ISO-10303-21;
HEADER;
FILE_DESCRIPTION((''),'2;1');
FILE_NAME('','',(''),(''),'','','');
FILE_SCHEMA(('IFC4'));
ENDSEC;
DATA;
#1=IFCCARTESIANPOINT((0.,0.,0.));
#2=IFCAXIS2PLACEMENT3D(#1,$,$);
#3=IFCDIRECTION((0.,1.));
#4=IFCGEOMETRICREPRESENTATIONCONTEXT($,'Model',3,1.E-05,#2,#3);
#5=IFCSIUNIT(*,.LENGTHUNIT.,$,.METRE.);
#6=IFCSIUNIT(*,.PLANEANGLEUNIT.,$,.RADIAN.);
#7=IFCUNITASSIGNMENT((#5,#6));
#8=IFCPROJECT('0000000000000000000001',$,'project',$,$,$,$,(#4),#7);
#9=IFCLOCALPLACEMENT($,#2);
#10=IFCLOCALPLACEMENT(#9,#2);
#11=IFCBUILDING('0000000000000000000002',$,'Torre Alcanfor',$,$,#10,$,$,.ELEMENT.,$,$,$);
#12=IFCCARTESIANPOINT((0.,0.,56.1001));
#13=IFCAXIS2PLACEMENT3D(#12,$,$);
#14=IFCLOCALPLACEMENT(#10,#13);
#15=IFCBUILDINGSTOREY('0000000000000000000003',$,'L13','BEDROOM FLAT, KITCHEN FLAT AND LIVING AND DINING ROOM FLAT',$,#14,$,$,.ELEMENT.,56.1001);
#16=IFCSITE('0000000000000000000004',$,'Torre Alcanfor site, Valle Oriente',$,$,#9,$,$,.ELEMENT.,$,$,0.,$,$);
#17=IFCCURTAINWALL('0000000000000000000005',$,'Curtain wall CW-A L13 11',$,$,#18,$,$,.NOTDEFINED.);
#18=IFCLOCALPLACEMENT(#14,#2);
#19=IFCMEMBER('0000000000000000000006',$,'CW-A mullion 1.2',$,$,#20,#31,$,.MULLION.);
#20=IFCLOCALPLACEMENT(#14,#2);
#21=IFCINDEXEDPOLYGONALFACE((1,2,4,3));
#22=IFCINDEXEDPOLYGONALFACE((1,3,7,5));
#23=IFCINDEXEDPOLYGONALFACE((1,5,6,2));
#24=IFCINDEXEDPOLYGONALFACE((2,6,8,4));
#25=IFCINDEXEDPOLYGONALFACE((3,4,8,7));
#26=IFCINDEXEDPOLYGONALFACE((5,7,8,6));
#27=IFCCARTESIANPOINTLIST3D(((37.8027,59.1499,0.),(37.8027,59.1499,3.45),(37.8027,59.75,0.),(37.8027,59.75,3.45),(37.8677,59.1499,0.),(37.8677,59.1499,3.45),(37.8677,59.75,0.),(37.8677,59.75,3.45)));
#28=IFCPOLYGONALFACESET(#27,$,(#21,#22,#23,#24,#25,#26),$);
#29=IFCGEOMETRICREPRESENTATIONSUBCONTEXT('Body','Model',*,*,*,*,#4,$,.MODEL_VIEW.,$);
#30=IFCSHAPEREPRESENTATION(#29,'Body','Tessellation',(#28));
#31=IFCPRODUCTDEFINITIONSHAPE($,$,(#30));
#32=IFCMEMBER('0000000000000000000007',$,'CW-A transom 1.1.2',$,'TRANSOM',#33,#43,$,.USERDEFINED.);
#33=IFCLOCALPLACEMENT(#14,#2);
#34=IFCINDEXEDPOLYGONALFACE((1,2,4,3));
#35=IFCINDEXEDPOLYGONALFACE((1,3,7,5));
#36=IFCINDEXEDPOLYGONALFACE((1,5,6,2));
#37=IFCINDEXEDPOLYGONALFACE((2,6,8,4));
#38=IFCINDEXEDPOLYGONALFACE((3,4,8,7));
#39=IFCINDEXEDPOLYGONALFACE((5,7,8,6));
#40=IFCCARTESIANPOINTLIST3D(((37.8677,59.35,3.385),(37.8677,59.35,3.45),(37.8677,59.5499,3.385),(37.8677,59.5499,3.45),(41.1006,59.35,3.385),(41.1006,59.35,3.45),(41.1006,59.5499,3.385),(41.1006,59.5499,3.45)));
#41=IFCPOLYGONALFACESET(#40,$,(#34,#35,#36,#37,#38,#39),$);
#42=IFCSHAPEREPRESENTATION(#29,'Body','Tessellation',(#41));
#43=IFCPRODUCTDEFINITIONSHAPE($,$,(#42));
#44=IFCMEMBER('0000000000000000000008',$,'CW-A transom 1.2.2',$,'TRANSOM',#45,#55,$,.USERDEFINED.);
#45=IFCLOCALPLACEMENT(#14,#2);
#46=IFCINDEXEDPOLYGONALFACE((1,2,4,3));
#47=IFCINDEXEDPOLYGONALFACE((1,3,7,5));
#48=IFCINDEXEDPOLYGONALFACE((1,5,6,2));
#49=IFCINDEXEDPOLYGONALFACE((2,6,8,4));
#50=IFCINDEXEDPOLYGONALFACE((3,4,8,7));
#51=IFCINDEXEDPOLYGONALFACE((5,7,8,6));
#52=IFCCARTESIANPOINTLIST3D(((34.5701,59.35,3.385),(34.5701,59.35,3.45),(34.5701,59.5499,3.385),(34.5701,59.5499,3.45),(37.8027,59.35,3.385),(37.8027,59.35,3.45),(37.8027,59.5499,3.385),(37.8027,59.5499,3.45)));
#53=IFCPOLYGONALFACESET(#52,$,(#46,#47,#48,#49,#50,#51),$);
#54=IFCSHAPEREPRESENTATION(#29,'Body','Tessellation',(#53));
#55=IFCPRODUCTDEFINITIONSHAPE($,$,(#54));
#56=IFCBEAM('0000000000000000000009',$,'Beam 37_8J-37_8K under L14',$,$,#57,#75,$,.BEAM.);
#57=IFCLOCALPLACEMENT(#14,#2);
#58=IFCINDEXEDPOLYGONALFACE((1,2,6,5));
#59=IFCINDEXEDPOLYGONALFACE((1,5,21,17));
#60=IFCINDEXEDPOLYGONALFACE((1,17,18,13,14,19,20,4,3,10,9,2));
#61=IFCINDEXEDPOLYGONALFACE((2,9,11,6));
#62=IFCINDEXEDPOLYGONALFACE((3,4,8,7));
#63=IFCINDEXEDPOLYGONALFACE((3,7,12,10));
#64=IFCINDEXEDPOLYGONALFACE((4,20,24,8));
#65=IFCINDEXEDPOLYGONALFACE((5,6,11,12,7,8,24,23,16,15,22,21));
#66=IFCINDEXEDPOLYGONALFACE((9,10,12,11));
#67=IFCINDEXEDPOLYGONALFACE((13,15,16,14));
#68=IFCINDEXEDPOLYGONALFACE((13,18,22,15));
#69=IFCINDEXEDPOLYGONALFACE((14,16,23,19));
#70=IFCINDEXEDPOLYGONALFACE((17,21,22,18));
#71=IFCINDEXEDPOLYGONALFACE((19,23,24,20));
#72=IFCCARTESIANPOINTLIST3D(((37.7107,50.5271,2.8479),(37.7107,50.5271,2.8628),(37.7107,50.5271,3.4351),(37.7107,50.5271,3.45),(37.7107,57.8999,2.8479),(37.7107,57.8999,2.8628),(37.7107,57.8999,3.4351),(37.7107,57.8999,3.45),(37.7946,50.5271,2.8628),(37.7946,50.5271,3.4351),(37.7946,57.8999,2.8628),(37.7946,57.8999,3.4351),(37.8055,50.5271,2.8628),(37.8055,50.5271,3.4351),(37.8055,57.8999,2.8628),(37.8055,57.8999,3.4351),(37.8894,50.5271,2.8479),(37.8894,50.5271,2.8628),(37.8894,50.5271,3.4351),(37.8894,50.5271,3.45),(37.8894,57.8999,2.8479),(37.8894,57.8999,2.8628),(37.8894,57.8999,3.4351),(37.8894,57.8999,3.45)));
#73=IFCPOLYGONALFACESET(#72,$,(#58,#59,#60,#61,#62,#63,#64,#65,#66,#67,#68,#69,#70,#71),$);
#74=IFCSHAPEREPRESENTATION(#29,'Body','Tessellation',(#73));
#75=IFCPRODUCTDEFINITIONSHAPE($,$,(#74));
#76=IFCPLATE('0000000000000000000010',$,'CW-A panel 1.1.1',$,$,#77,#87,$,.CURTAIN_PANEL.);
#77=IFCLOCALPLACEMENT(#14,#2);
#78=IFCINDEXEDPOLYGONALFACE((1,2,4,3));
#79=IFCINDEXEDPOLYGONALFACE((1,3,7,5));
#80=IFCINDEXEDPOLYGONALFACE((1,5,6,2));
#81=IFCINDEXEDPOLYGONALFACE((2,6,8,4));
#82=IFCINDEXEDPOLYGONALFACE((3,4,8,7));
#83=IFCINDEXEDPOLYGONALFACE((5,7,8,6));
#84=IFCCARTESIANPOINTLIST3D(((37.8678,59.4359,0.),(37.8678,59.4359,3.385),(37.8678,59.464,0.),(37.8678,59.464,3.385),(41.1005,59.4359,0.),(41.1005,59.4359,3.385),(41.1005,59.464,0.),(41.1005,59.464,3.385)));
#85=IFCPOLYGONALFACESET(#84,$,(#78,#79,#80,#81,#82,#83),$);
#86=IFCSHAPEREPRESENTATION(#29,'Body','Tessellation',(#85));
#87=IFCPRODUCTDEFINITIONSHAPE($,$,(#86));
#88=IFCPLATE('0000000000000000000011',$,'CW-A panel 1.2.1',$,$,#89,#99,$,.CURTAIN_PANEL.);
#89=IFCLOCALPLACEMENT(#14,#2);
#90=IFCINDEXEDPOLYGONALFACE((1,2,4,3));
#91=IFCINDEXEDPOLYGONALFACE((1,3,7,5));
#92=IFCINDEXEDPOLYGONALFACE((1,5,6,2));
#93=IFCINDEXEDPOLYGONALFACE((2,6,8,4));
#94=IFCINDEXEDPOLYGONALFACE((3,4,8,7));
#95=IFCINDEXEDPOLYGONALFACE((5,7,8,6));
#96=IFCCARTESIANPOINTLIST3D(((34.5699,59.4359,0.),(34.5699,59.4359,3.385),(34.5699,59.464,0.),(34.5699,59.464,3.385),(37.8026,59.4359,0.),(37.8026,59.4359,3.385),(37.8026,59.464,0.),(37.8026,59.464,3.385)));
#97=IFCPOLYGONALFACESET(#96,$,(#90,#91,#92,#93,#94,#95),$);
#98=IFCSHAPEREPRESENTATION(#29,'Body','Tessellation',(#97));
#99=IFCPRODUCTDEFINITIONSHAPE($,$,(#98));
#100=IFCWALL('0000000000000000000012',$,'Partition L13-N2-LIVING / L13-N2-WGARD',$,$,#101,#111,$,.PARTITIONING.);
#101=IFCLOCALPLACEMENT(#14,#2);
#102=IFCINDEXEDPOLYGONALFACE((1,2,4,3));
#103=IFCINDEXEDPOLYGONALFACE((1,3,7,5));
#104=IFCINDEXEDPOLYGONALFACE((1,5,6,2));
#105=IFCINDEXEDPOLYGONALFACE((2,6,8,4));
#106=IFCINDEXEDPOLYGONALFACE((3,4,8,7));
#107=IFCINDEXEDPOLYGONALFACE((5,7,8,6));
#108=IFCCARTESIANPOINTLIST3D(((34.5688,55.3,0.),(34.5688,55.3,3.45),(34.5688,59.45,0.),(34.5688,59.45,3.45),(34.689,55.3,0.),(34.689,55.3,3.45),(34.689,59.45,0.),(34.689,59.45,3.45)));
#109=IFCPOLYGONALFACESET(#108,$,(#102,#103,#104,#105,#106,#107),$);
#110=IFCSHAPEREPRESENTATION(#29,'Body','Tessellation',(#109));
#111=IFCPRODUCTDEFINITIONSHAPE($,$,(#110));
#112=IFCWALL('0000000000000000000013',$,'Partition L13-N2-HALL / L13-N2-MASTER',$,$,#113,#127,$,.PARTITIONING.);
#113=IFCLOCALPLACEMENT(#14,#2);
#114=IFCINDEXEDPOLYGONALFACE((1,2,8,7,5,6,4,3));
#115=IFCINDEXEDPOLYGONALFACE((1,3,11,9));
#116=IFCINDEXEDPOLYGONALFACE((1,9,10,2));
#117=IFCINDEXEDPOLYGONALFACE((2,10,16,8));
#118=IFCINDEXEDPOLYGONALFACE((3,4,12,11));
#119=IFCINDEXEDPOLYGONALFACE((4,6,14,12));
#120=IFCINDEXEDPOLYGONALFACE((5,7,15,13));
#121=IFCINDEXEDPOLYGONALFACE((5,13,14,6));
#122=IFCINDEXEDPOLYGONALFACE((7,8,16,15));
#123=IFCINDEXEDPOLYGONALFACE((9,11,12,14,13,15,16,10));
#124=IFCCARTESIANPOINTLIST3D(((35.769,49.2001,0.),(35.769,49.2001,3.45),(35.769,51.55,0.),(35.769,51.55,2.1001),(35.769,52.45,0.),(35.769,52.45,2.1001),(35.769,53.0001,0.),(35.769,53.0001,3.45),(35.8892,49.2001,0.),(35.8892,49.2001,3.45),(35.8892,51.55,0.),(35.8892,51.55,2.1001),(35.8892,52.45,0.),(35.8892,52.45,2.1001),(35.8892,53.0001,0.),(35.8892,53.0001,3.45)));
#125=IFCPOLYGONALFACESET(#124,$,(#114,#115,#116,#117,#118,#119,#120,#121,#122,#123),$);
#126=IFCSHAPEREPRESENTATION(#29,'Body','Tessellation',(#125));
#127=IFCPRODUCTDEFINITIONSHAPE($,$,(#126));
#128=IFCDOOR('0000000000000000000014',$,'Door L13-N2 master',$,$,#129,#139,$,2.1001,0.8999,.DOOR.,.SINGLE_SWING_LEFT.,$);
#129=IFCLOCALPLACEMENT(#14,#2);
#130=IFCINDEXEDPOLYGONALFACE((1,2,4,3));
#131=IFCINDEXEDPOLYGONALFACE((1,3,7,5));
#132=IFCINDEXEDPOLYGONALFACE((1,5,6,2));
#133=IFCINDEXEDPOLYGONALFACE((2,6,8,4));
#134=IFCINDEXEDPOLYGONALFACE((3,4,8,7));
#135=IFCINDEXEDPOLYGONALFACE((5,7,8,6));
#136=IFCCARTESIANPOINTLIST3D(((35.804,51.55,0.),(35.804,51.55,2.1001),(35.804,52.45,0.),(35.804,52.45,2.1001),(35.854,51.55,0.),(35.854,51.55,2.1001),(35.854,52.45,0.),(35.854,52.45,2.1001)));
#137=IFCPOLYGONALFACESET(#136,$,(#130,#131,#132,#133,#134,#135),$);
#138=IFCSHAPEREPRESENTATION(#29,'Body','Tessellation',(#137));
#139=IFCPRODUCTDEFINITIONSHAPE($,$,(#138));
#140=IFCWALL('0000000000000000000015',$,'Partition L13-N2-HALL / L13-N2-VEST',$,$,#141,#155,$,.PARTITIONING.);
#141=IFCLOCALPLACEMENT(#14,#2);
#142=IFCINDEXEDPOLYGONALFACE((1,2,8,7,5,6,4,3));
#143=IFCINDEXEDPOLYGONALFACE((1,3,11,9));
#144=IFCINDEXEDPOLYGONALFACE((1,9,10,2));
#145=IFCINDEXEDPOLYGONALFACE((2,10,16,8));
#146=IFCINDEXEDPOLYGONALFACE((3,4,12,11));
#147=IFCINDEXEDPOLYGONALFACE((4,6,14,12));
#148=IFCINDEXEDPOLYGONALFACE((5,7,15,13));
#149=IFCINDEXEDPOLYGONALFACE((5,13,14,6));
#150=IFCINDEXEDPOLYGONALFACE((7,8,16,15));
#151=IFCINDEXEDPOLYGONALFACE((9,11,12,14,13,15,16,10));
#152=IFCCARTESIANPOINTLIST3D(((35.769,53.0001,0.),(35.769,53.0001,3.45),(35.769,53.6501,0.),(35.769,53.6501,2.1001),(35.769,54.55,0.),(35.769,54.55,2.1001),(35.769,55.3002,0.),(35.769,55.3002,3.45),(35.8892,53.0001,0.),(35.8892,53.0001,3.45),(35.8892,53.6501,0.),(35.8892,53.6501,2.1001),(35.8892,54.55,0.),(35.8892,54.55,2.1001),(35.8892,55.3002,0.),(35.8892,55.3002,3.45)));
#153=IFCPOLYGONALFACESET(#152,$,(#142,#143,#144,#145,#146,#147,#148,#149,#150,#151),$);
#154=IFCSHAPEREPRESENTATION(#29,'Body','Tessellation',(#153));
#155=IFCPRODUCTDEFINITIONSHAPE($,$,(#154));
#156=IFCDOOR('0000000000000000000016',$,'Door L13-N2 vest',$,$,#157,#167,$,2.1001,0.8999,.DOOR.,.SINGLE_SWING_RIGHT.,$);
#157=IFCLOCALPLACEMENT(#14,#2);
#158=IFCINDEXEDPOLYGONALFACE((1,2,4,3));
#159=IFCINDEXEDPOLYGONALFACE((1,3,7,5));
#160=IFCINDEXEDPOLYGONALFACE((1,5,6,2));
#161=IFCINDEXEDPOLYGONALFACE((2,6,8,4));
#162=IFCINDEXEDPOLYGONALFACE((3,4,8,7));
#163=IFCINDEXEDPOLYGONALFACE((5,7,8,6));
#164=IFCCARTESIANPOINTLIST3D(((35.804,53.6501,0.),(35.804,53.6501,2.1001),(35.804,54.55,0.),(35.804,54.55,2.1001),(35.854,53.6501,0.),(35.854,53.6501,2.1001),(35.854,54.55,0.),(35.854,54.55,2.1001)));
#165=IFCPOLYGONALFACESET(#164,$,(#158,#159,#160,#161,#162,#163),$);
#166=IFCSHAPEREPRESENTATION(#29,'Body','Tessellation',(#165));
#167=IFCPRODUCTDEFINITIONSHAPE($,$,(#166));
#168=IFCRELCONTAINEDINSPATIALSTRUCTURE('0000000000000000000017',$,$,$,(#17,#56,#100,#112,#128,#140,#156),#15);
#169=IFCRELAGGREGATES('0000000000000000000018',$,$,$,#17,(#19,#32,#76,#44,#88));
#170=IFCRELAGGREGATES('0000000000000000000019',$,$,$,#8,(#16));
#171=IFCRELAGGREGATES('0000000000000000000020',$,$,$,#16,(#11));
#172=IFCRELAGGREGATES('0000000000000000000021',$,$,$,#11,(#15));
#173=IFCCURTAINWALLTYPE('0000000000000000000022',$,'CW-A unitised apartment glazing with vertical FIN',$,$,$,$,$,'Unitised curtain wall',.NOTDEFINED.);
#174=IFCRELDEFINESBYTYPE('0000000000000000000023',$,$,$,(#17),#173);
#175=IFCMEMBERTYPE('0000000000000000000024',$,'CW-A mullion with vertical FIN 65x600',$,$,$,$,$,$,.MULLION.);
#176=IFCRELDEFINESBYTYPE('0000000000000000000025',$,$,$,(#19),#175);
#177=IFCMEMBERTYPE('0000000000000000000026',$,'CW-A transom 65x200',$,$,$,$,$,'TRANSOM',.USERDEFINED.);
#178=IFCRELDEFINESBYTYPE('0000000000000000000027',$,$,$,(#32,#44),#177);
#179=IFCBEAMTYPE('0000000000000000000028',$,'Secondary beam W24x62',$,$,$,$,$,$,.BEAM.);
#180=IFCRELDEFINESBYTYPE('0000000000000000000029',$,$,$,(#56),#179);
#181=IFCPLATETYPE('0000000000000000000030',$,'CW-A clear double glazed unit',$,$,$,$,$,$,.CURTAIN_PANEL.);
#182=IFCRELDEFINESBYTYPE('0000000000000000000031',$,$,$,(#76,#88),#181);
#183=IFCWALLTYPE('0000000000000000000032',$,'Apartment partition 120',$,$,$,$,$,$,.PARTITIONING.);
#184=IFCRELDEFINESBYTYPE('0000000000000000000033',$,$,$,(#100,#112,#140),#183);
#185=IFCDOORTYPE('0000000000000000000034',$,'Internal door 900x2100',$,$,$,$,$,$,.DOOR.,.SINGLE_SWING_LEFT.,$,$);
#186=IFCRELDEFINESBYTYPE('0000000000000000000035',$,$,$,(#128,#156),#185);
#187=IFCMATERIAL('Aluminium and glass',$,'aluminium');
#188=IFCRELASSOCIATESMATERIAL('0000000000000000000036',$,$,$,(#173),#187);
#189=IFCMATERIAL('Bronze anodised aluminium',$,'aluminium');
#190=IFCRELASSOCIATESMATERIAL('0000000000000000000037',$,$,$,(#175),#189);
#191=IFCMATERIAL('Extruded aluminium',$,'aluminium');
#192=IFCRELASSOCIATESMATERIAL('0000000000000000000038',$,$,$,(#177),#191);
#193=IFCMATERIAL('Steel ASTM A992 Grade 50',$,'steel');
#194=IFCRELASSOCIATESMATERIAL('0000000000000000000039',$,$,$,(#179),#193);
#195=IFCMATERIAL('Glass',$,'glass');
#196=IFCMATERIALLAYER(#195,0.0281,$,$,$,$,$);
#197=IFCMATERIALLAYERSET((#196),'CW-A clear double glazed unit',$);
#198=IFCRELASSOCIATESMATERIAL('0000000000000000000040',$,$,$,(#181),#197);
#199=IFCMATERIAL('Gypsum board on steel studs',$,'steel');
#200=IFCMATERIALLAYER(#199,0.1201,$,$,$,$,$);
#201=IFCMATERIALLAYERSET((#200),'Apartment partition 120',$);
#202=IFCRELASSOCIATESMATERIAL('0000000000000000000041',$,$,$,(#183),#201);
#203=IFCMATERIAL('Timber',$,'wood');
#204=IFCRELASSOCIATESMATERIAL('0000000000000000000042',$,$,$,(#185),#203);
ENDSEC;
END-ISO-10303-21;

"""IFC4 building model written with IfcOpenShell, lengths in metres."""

from ifc_helpers import new_model, si_unit, direction, frame, frame_2d, origin, origin_2d, place, context, subcontext, project, spatial, rectangle, i_section, extrude, material, layer, layer_set, material_profile, profile_set, type_object, element, fill, aggregate, save


model = new_model("IFC4")

# Units and contexts
model_context = context("Model", 3, precision=1e-05, world=origin(), true_north=direction((0.0, 1.0)))
body_context = subcontext(model_context, "Body", "Model", "MODEL_VIEW")
ifc_project = project(units=[si_unit("LENGTHUNIT", "METRE"), si_unit("PLANEANGLEUNIT", "RADIAN")], contexts=[model_context])

# Site, building, storey
site_placement = place(None, origin())
site = spatial("IfcSite", under=ifc_project, at=site_placement, Name="Torre Alcanfor site, Valle Oriente", CompositionType="ELEMENT", RefElevation=0.0)
building_placement = place(site_placement, origin())
building = spatial("IfcBuilding", under=site, at=building_placement, Name="Torre Alcanfor", CompositionType="ELEMENT")
storey_placement = place(building_placement, frame((0.0, 0.0, 56.1001)))
storey = spatial("IfcBuildingStorey", under=building, at=storey_placement, Name="L13", Description="BEDROOM FLAT, KITCHEN FLAT AND LIVING AND DINING ROOM FLAT", CompositionType="ELEMENT", Elevation=56.1001)

# Curtain wall, members
ifc_material_1 = material(Name="Aluminium and glass", Category="aluminium")
curtain_wall_type = type_object("IfcCurtainWallType", Name="CW-A unitised apartment glazing with vertical FIN", ElementType="Unitised curtain wall", PredefinedType="NOTDEFINED", material=ifc_material_1)
curtain_wall_placement = place(storey_placement, origin())
curtain_wall = element("IfcCurtainWall", 1, at=curtain_wall_placement, inside=storey, type_object=curtain_wall_type, Name="Curtain wall CW-A L13 11", PredefinedType="NOTDEFINED")
ifc_material_2 = material(Name="Bronze anodised aluminium", Category="aluminium")
ifc_material_profile_1 = material_profile(ifc_material_2, rectangle(XDim=0.6001, YDim=0.0649, at=origin_2d()), Name="CW-A mullion 65x600")
ifc_profile_set_1 = profile_set([ifc_material_profile_1], Name="Bronze anodised aluminium")
member_type_1 = type_object("IfcMemberType", Name="CW-A mullion with vertical FIN 65x600", PredefinedType="MULLION", material=ifc_profile_set_1)
member_1_placement = place(storey_placement, frame((37.8352, 59.45, 0.0), z_axis=(0.0, 0.0, 1.0), x_axis=(0.0, -1.0, 0.0)))
member_1 = element("IfcMember", 2, at=member_1_placement, type_object=member_type_1, Name="CW-A mullion 1.2", PredefinedType="MULLION", context=body_context, shape_type="SweptSolid", body=[
    extrude(rectangle(XDim=0.6001, YDim=0.0649, at=origin_2d()), origin(), (0.0, 0.0, 1.0), 3.45),
])
ifc_material_3 = material(Name="Extruded aluminium", Category="aluminium")
ifc_material_profile_2 = material_profile(ifc_material_3, rectangle(XDim=0.2, YDim=0.0649, at=origin_2d()), Name="CW-A transom 200x65")
ifc_profile_set_2 = profile_set([ifc_material_profile_2], Name="Extruded aluminium")
member_type_2 = type_object("IfcMemberType", Name="CW-A transom 65x200", ElementType="TRANSOM", PredefinedType="USERDEFINED", material=ifc_profile_set_2)
member_2_placement = place(storey_placement, frame((41.1006, 59.45, 3.4175), z_axis=(-1.0, 0.0, 0.0), x_axis=(0.0, -1.0, 0.0)))
member_2 = element("IfcMember", 3, at=member_2_placement, type_object=member_type_2, Name="CW-A transom 1.1.2", ObjectType="TRANSOM", PredefinedType="USERDEFINED", context=body_context, shape_type="SweptSolid", body=[
    extrude(rectangle(XDim=0.2, YDim=0.0649, at=origin_2d()), origin(), (0.0, 0.0, 1.0), 3.2329),
])
member_3_placement = place(storey_placement, frame((37.8027, 59.45, 3.4175), z_axis=(-1.0, 0.0, 0.0), x_axis=(0.0, -1.0, 0.0)))
member_3 = element("IfcMember", 4, at=member_3_placement, type_object=member_type_2, Name="CW-A transom 1.2.2", ObjectType="TRANSOM", PredefinedType="USERDEFINED", context=body_context, shape_type="SweptSolid", body=[
    extrude(rectangle(XDim=0.2, YDim=0.0649, at=origin_2d()), origin(), (0.0, 0.0, 1.0), 3.2327),
])

# Beam
ifc_material_4 = material(Name="Steel ASTM A992 Grade 50", Category="steel")
ifc_material_profile_3 = material_profile(ifc_material_4, i_section(OverallWidth=0.1787, OverallDepth=0.6021, WebThickness=0.011, FlangeThickness=0.0149, at=origin_2d()), Name="W24x62")
ifc_profile_set_3 = profile_set([ifc_material_profile_3], Name="Steel ASTM A992 Grade 50")
beam_type = type_object("IfcBeamType", Name="Secondary beam W24x62", PredefinedType="BEAM", material=ifc_profile_set_3)
beam_placement = place(storey_placement, frame((37.8, 50.5271, 3.1489), z_axis=(0.0, 1.0, 0.0), x_axis=(-1.0, 0.0, 0.0)))
element("IfcBeam", 5, at=beam_placement, inside=storey, type_object=beam_type, Name="Beam 37_8J-37_8K under L14", PredefinedType="BEAM", context=body_context, shape_type="SweptSolid", body=[
    extrude(i_section(OverallWidth=0.1787, OverallDepth=0.6021, WebThickness=0.011, FlangeThickness=0.0149, at=origin_2d()), origin(), (0.0, 0.0, 1.0), 7.3728),
])

# Plates
ifc_material_5 = material(Name="Glass", Category="glass")
ifc_layer_1 = layer(ifc_material_5, 0.0281)
ifc_layer_set_1 = layer_set([ifc_layer_1], Name="CW-A clear double glazed unit")
plate_type = type_object("IfcPlateType", Name="CW-A clear double glazed unit", PredefinedType="CURTAIN_PANEL", material=ifc_layer_set_1)
plate_1_placement = place(storey_placement, frame((39.4841, 59.45, 0.0), z_axis=(0.0, 0.0, 1.0), x_axis=(-1.0, 0.0, 0.0)))
plate_1 = element("IfcPlate", 6, at=plate_1_placement, type_object=plate_type, Name="CW-A panel 1.1.1", PredefinedType="CURTAIN_PANEL", context=body_context, shape_type="SweptSolid", body=[
    extrude(rectangle(XDim=3.2327, YDim=0.0281, at=origin_2d()), origin(), (0.0, 0.0, 1.0), 3.385),
])
plate_2_placement = place(storey_placement, frame((36.1863, 59.45, 0.0), z_axis=(0.0, 0.0, 1.0), x_axis=(-1.0, 0.0, 0.0)))
plate_2 = element("IfcPlate", 7, at=plate_2_placement, type_object=plate_type, Name="CW-A panel 1.2.1", PredefinedType="CURTAIN_PANEL", context=body_context, shape_type="SweptSolid", body=[
    extrude(rectangle(XDim=3.2327, YDim=0.0281, at=origin_2d()), origin(), (0.0, 0.0, 1.0), 3.385),
])
aggregate(curtain_wall, [member_1, member_2, plate_1, member_3, plate_2])

# Wall
ifc_material_6 = material(Name="Gypsum board on steel studs", Category="steel")
ifc_layer_2 = layer(ifc_material_6, 0.1201)
ifc_layer_set_2 = layer_set([ifc_layer_2], Name="Apartment partition 120")
wall_type_1 = type_object("IfcWallType", Name="Apartment partition 120", PredefinedType="PARTITIONING", material=ifc_layer_set_2)
wall_1_placement = place(storey_placement, frame((34.6289, 59.45, 0.0), z_axis=(0.0, 0.0, 1.0), x_axis=(0.0, -1.0, 0.0)))
element("IfcWall", 8, at=wall_1_placement, inside=storey, type_object=wall_type_1, Name="Partition L13-N2-LIVING / L13-N2-WGARD", PredefinedType="PARTITIONING", context=body_context, shape_type="SweptSolid", body=[
    extrude(rectangle(XDim=4.1499, YDim=0.1201, at=frame_2d((2.075, 0.0))), origin(), (0.0, 0.0, 1.0), 3.45),
])

# Walls, openings, doors
wall_2_placement = place(storey_placement, frame((35.8291, 53.0, 0.0), z_axis=(0.0, 0.0, 1.0), x_axis=(0.0, -1.0, 0.0)))
wall_2 = element("IfcWall", 9, at=wall_2_placement, inside=storey, type_object=wall_type_1, Name="Partition L13-N2-HALL / L13-N2-MASTER", PredefinedType="PARTITIONING", context=body_context, shape_type="SweptSolid", body=[
    extrude(rectangle(XDim=3.8, YDim=0.1201, at=frame_2d((1.8999, 0.0))), origin(), (0.0, 0.0, 1.0), 3.45),
])
opening_1_placement = place(wall_2_placement, frame((0.55, 0.0, 0.0)))
opening_1 = element("IfcOpeningElement", 10, at=opening_1_placement, cuts=wall_2, PredefinedType="OPENING", context=body_context, shape_type="SweptSolid", body=[
    extrude(rectangle(XDim=0.8999, YDim=2.1001, at=frame_2d((0.45, 1.05))), frame((0.0, 0.0701, 0.0), z_axis=(0.0, -1.0, 0.0), x_axis=(1.0, 0.0, 0.0)), (0.0, 0.0, 1.0), 0.1401),
])
ifc_material_7 = material(Name="Timber", Category="wood")
door_type_1 = type_object("IfcDoorType", Name="Internal door 900x2100", OperationType="SINGLE_SWING_LEFT", PredefinedType="DOOR", material=ifc_material_7)
door_1_placement = place(opening_1_placement, origin())
door_1 = element("IfcDoor", 11, at=door_1_placement, inside=storey, type_object=door_type_1, Name="Door L13-N2 master", OperationType="SINGLE_SWING_LEFT", OverallHeight=2.1001, OverallWidth=0.8999, PredefinedType="DOOR", context=body_context, shape_type="SweptSolid", body=[
    extrude(rectangle(XDim=0.8999, YDim=2.1001, at=frame_2d((0.45, 1.05))), frame((0.0, 0.0249, 0.0), z_axis=(0.0, -1.0, 0.0), x_axis=(1.0, 0.0, 0.0)), (0.0, 0.0, 1.0), 0.05),
])
fill(opening_1, door_1)
wall_3_placement = place(storey_placement, frame((35.8291, 55.3, 0.0), z_axis=(0.0, 0.0, 1.0), x_axis=(0.0, -1.0, 0.0)))
wall_3 = element("IfcWall", 12, at=wall_3_placement, inside=storey, type_object=wall_type_1, Name="Partition L13-N2-HALL / L13-N2-VEST", PredefinedType="PARTITIONING", context=body_context, shape_type="SweptSolid", body=[
    extrude(rectangle(XDim=2.3, YDim=0.1201, at=frame_2d((1.1499, 0.0))), origin(), (0.0, 0.0, 1.0), 3.45),
])
opening_2_placement = place(wall_3_placement, frame((0.75, 0.0, 0.0)))
opening_2 = element("IfcOpeningElement", 13, at=opening_2_placement, cuts=wall_3, PredefinedType="OPENING", context=body_context, shape_type="SweptSolid", body=[
    extrude(rectangle(XDim=0.8999, YDim=2.1001, at=frame_2d((0.45, 1.05))), frame((0.0, 0.0701, 0.0), z_axis=(0.0, -1.0, 0.0), x_axis=(1.0, 0.0, 0.0)), (0.0, 0.0, 1.0), 0.1401),
])
door_2_placement = place(opening_2_placement, origin())
door_2 = element("IfcDoor", 14, at=door_2_placement, inside=storey, type_object=door_type_1, Name="Door L13-N2 vest", OperationType="SINGLE_SWING_RIGHT", OverallHeight=2.1001, OverallWidth=0.8999, PredefinedType="DOOR", context=body_context, shape_type="SweptSolid", body=[
    extrude(rectangle(XDim=0.8999, YDim=2.1001, at=frame_2d((0.45, 1.05))), frame((0.0, 0.0249, 0.0), z_axis=(0.0, -1.0, 0.0), x_axis=(1.0, 0.0, 0.0)), (0.0, 0.0, 1.0), 0.05),
])
fill(opening_2, door_2)

save(model, "model.ifc")
